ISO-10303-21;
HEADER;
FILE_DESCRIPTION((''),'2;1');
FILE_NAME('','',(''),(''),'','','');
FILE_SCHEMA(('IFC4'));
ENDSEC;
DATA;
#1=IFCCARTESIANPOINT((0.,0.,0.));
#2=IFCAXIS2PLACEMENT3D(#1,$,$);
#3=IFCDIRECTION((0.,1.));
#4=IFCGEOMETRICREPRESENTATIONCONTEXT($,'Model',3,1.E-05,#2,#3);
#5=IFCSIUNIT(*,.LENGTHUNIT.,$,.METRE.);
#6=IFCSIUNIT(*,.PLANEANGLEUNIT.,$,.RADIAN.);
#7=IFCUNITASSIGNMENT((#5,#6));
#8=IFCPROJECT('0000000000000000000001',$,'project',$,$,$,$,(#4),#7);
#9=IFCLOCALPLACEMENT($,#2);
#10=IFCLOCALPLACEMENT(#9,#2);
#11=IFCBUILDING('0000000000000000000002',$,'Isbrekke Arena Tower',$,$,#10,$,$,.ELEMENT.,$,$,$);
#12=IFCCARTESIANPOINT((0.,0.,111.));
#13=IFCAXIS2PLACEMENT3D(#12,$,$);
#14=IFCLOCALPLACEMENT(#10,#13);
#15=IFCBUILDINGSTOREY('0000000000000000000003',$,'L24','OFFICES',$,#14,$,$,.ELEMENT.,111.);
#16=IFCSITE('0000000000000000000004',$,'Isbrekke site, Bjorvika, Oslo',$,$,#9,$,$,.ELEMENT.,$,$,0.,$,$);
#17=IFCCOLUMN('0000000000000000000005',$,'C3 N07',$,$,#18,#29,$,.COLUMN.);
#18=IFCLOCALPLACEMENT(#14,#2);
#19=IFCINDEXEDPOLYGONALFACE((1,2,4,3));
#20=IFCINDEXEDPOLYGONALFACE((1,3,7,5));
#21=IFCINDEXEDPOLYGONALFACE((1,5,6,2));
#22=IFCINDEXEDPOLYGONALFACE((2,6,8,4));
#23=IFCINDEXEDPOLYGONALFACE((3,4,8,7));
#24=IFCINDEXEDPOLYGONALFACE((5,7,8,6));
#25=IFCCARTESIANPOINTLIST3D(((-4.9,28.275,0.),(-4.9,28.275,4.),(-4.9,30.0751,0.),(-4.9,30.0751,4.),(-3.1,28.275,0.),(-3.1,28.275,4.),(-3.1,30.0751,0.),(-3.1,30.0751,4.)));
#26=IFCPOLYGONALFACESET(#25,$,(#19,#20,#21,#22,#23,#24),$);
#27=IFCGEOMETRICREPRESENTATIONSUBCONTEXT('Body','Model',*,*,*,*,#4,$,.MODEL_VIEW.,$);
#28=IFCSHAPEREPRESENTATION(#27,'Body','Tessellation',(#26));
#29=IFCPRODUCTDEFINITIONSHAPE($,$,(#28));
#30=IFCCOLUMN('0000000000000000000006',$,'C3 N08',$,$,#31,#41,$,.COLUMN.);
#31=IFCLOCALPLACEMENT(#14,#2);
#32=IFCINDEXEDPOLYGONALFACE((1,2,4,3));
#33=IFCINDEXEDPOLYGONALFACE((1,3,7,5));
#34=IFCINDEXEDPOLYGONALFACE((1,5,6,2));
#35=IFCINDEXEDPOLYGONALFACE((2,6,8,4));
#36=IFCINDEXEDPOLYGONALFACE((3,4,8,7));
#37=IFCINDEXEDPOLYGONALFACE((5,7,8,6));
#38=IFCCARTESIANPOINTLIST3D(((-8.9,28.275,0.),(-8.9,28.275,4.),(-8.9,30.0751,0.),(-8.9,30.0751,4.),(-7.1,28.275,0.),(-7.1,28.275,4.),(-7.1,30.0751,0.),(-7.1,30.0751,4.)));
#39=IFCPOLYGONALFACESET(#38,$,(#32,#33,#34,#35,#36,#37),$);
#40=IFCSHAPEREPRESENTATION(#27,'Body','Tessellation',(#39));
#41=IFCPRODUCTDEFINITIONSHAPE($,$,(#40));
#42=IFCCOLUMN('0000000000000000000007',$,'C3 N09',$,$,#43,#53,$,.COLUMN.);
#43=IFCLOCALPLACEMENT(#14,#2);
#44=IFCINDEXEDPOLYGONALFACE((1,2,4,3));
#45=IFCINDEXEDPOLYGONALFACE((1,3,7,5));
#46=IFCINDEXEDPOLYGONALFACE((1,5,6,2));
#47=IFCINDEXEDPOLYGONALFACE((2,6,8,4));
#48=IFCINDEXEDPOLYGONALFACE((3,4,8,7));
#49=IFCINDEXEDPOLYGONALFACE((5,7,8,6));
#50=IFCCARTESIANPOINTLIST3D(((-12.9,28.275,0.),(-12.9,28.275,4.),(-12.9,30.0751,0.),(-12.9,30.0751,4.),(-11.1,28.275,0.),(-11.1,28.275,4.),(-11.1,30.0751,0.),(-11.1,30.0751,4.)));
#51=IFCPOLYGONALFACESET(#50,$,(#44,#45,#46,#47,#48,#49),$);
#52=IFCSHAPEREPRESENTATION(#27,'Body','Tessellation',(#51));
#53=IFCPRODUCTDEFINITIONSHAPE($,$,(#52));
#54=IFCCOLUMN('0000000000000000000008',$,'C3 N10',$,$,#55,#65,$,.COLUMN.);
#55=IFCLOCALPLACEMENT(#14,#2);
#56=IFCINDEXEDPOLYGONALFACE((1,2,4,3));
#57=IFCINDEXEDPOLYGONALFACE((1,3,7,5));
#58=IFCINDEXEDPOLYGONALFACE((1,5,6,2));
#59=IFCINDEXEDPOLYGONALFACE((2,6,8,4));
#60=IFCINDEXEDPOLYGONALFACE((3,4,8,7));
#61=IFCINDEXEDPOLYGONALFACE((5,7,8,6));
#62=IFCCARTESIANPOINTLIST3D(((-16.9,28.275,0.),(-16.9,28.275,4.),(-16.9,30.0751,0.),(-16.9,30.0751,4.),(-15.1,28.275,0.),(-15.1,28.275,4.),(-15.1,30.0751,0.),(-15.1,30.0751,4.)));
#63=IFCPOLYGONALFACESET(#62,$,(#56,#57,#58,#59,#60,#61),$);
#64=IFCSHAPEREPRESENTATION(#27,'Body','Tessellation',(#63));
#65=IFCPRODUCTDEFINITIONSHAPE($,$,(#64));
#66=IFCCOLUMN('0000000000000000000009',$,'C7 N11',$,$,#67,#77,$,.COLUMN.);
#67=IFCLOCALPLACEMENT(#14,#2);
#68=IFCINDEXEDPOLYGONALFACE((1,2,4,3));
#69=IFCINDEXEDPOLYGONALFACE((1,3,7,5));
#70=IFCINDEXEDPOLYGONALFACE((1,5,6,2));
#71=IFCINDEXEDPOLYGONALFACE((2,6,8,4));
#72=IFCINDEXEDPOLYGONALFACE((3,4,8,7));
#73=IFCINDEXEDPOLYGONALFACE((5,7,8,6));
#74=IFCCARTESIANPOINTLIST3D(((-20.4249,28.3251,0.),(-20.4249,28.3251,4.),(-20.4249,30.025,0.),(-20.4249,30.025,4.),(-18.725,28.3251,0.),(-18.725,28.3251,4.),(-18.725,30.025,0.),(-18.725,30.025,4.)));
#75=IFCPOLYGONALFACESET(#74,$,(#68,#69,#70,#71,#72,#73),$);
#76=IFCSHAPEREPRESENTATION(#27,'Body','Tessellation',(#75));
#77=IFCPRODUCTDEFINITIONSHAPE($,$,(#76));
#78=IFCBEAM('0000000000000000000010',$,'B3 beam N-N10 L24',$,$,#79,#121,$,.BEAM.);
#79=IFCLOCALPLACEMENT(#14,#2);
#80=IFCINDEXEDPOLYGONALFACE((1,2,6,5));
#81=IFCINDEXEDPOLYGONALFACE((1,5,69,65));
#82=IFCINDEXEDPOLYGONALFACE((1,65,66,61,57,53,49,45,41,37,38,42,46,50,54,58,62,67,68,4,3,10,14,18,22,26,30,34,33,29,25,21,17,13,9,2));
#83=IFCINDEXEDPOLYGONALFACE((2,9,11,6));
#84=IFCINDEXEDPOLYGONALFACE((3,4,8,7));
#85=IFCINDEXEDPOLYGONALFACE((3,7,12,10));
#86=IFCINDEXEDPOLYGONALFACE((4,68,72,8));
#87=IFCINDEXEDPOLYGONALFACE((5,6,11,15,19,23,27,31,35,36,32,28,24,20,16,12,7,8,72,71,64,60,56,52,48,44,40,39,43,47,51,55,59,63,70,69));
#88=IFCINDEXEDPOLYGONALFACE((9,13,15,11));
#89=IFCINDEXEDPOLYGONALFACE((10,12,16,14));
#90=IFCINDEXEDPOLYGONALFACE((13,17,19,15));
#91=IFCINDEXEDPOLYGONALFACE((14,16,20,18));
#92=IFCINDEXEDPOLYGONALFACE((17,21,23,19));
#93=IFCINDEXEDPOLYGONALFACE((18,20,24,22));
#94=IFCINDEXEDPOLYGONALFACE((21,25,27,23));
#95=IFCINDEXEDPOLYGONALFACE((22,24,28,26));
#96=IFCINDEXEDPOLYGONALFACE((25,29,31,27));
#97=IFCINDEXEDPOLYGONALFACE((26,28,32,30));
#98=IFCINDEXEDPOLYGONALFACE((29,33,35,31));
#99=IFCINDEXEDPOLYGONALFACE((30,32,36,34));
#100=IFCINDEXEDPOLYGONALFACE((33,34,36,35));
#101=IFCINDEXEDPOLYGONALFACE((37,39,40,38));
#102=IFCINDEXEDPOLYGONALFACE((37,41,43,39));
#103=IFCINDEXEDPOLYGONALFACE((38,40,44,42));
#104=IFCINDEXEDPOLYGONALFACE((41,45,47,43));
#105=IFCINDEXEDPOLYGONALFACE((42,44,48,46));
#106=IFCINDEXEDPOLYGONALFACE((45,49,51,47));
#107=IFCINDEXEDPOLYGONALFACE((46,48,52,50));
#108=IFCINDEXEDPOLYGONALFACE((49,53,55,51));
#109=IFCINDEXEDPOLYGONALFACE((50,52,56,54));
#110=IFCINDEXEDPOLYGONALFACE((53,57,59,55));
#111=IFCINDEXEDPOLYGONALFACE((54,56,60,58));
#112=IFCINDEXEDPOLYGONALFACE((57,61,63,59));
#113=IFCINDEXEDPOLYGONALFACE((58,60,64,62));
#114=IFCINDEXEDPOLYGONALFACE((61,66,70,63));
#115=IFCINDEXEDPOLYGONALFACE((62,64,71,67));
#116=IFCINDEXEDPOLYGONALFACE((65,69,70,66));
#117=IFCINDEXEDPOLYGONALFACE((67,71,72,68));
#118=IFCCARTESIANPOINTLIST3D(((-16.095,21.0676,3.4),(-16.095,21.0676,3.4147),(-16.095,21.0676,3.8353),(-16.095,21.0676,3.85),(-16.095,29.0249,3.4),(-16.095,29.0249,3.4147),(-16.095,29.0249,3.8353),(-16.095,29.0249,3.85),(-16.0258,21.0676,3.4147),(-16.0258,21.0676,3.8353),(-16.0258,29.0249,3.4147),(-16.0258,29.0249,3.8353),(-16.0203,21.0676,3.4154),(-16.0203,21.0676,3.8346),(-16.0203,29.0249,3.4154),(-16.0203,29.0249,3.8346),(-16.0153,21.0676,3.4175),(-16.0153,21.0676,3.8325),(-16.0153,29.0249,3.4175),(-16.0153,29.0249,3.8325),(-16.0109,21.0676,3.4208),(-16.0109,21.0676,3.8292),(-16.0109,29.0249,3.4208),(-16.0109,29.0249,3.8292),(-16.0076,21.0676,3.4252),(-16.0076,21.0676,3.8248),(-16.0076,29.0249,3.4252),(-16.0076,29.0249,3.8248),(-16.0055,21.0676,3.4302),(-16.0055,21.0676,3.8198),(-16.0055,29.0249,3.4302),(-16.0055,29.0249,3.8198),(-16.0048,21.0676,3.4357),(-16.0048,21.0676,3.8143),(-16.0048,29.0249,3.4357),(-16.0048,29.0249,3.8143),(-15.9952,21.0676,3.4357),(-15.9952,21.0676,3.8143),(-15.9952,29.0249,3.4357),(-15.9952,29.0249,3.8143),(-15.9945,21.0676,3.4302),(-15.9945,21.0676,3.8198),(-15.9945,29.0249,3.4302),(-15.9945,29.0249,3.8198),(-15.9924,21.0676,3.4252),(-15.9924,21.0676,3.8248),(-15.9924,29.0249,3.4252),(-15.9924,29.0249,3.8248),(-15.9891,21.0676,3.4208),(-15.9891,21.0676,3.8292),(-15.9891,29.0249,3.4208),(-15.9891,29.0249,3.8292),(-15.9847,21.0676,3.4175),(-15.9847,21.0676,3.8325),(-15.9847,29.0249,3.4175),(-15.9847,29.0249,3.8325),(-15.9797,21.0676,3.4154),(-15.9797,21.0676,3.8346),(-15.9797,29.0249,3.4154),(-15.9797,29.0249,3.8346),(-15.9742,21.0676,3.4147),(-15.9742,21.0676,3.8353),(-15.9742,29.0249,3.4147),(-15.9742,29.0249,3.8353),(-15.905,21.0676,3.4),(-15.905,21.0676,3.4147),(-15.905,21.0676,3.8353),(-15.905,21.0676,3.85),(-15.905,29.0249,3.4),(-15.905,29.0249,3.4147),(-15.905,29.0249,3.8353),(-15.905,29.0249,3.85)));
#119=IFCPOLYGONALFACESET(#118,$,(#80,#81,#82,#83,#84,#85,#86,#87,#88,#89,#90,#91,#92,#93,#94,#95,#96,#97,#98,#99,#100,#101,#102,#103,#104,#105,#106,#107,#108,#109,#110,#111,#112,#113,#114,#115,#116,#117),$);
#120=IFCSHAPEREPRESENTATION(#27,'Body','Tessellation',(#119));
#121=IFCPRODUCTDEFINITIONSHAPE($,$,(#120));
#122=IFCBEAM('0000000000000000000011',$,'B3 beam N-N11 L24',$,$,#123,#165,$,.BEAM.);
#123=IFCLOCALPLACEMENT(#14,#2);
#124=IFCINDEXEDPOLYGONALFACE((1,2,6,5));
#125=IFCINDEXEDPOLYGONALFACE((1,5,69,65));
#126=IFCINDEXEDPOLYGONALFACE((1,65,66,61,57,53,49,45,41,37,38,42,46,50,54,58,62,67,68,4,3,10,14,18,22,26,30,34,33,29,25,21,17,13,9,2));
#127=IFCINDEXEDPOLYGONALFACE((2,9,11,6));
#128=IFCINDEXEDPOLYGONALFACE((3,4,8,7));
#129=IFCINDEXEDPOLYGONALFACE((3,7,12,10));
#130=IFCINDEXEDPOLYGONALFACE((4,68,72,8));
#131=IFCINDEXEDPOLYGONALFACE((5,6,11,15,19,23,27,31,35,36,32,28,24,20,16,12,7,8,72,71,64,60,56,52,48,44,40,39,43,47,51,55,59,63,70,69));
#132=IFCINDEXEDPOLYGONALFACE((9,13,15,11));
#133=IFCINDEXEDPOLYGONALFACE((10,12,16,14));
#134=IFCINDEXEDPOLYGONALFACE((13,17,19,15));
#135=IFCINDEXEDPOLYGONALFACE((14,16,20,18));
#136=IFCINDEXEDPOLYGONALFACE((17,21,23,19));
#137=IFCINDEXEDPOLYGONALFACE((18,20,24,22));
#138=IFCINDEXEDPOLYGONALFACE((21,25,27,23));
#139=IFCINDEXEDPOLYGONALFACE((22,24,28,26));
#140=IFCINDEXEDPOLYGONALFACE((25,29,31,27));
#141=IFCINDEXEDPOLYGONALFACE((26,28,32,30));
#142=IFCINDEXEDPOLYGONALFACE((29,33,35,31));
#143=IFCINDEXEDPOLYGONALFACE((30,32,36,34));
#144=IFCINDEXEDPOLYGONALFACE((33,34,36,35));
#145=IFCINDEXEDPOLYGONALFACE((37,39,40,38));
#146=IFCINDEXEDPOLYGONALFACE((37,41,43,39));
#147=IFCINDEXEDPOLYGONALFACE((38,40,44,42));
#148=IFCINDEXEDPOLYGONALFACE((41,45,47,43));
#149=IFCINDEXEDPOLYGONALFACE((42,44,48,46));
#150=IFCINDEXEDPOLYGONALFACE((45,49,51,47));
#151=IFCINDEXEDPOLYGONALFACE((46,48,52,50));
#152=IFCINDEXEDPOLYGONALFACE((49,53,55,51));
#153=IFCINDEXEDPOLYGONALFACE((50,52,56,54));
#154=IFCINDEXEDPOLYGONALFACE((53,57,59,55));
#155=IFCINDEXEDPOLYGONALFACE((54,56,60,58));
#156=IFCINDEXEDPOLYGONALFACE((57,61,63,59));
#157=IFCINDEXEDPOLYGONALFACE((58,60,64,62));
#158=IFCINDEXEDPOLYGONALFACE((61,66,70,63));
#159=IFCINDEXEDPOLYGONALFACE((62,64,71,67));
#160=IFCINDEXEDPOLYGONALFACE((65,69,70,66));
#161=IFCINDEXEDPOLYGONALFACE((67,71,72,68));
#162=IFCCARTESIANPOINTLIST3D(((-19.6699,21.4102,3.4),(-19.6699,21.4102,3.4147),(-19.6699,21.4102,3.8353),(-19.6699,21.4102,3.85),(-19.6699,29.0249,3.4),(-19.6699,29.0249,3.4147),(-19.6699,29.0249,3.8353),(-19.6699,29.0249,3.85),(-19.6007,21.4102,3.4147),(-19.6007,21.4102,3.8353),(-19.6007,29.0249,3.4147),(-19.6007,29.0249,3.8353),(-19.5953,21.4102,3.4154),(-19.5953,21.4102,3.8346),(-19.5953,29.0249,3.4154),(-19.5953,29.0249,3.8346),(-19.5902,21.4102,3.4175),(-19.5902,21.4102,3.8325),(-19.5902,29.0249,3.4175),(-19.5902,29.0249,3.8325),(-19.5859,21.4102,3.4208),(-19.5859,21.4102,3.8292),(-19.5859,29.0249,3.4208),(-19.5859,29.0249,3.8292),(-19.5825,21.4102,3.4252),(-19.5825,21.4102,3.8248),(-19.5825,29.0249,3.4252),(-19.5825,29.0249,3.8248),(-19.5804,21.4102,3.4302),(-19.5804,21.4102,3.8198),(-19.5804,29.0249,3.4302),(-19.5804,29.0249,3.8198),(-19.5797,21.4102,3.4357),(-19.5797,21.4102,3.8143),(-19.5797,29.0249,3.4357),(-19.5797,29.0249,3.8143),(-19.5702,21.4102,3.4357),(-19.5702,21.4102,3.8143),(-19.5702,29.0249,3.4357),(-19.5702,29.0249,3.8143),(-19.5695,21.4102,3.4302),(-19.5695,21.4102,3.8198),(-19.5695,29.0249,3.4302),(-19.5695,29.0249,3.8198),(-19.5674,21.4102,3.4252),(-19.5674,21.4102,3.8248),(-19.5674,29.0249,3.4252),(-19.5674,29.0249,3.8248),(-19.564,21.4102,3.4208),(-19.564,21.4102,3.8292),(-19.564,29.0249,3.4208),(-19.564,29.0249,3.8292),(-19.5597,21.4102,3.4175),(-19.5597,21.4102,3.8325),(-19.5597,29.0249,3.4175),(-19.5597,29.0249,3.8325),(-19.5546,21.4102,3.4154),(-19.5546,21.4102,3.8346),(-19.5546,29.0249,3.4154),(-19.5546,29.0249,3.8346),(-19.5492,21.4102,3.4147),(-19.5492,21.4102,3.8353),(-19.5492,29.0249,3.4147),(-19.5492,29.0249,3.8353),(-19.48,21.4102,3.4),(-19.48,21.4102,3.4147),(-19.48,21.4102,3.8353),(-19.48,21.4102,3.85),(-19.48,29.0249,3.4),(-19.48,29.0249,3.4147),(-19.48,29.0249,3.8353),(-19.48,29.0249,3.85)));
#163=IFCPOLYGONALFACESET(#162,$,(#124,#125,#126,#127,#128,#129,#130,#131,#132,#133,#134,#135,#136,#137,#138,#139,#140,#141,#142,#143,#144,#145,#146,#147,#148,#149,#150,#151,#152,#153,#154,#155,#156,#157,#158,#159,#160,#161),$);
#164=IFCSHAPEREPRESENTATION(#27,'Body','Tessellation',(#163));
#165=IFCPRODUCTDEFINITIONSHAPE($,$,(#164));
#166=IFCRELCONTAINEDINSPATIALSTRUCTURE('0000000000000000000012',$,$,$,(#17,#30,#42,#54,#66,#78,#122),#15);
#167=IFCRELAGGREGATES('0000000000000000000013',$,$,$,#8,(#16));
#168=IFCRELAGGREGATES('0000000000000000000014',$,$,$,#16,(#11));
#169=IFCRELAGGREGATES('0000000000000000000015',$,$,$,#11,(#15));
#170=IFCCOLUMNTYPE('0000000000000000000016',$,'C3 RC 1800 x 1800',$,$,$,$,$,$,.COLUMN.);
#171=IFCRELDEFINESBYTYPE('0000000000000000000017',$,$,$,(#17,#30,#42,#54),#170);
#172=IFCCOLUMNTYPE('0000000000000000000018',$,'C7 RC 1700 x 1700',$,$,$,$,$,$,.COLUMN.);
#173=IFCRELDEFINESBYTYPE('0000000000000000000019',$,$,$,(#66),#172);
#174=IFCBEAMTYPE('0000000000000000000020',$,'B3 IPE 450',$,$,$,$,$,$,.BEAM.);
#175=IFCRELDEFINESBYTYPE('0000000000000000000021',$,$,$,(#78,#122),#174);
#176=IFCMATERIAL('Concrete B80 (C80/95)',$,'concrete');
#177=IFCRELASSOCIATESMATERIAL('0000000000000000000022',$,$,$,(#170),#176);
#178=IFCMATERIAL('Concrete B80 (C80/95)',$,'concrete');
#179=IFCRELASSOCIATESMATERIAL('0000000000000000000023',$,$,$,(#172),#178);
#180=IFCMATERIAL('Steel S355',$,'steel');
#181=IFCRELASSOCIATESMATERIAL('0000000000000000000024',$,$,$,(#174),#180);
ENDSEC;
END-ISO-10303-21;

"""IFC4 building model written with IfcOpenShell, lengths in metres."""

from ifc_helpers import new_model, si_unit, direction, frame, origin, origin_2d, place, context, subcontext, project, spatial, rectangle, i_section, extrude, material, material_profile, profile_set, type_object, element, save


model = new_model("IFC4")

# Units and contexts
model_context = context("Model", 3, precision=1e-05, world=origin(), true_north=direction((0.0, 1.0)))
body_context = subcontext(model_context, "Body", "Model", "MODEL_VIEW")
ifc_project = project(units=[si_unit("LENGTHUNIT", "METRE"), si_unit("PLANEANGLEUNIT", "RADIAN")], contexts=[model_context])

# Site, building, storey
site_placement = place(None, origin())
site = spatial("IfcSite", under=ifc_project, at=site_placement, Name="Isbrekke site, Bjorvika, Oslo", CompositionType="ELEMENT", RefElevation=0.0)
building_placement = place(site_placement, origin())
building = spatial("IfcBuilding", under=site, at=building_placement, Name="Isbrekke Arena Tower", CompositionType="ELEMENT")
storey_placement = place(building_placement, frame((0.0, 0.0, 111.0)))
storey = spatial("IfcBuildingStorey", under=building, at=storey_placement, Name="L24", Description="OFFICES", CompositionType="ELEMENT", Elevation=111.0)

# Columns
ifc_material_1 = material(Name="Concrete B80 (C80/95)", Category="concrete")
ifc_material_profile_1 = material_profile(ifc_material_1, rectangle(XDim=1.8, YDim=1.8, at=origin_2d()), Name="RC 1800x1800")
ifc_profile_set_1 = profile_set([ifc_material_profile_1], Name="Concrete B80 (C80/95)")
column_type_1 = type_object("IfcColumnType", Name="C3 RC 1800 x 1800", PredefinedType="COLUMN", material=ifc_profile_set_1)
for number, where, z_axis, x_axis, name in (
    (1, (-4.0, 29.175, 0.0), (0.0, 0.0, 1.0), (-1.0, 0.0, 0.0), "C3 N07"),
    (2, (-8.0, 29.175, 0.0), (0.0, 0.0, 1.0), (-1.0, 0.0, 0.0), "C3 N08"),
    (3, (-12.0, 29.175, 0.0), (0.0, 0.0, 1.0), (-1.0, 0.0, 0.0), "C3 N09"),
    (4, (-16.0, 29.175, 0.0), (0.0, 0.0, 1.0), (-1.0, 0.0, 0.0), "C3 N10"),
):
    element("IfcColumn", number, at=place(storey_placement, frame(where, z_axis=z_axis, x_axis=x_axis)), inside=storey, type_object=column_type_1, Name=name, PredefinedType="COLUMN", context=body_context, shape_type="SweptSolid", body=[
        extrude(rectangle(XDim=1.8, YDim=1.8, at=origin_2d()), origin(), (0.0, 0.0, 1.0), 4.0),
    ])
ifc_material_2 = material(Name="Concrete B80 (C80/95)", Category="concrete")
ifc_material_profile_2 = material_profile(ifc_material_2, rectangle(XDim=1.7, YDim=1.7, at=origin_2d()), Name="RC 1700x1700")
ifc_profile_set_2 = profile_set([ifc_material_profile_2], Name="Concrete B80 (C80/95)")
column_type_2 = type_object("IfcColumnType", Name="C7 RC 1700 x 1700", PredefinedType="COLUMN", material=ifc_profile_set_2)
column_placement = place(storey_placement, frame((-19.575, 29.175, 0.0), z_axis=(0.0, 0.0, 1.0), x_axis=(-1.0, 0.0, 0.0)))
element("IfcColumn", 5, at=column_placement, inside=storey, type_object=column_type_2, Name="C7 N11", PredefinedType="COLUMN", context=body_context, shape_type="SweptSolid", body=[
    extrude(rectangle(XDim=1.7, YDim=1.7, at=origin_2d()), origin(), (0.0, 0.0, 1.0), 4.0),
])

# Beams
ifc_material_3 = material(Name="Steel S355", Category="steel")
ifc_material_profile_3 = material_profile(ifc_material_3, i_section(OverallWidth=0.1899, OverallDepth=0.45, WebThickness=0.0095, FlangeThickness=0.0146, FilletRadius=0.021, at=origin_2d()), Name="IPE 450")
ifc_profile_set_3 = profile_set([ifc_material_profile_3], Name="Steel S355")
beam_type_1 = type_object("IfcBeamType", Name="B3 IPE 450", PredefinedType="BEAM", material=ifc_profile_set_3)
beam_1_placement = place(storey_placement, frame((-16.0, 29.0249, 3.625), z_axis=(0.0, -1.0, 0.0), x_axis=(1.0, 0.0, 0.0)))
element("IfcBeam", 6, at=beam_1_placement, inside=storey, type_object=beam_type_1, Name="B3 beam N-N10 L24", PredefinedType="BEAM", context=body_context, shape_type="SweptSolid", body=[
    extrude(i_section(OverallWidth=0.1899, OverallDepth=0.45, WebThickness=0.0095, FlangeThickness=0.0146, FilletRadius=0.021, at=origin_2d()), origin(), (0.0, 0.0, 1.0), 7.9573),
])
beam_2_placement = place(storey_placement, frame((-19.575, 29.0249, 3.625), z_axis=(0.0, -1.0, 0.0), x_axis=(1.0, 0.0, 0.0)))
element("IfcBeam", 7, at=beam_2_placement, inside=storey, type_object=beam_type_1, Name="B3 beam N-N11 L24", PredefinedType="BEAM", context=body_context, shape_type="SweptSolid", body=[
    extrude(i_section(OverallWidth=0.1899, OverallDepth=0.45, WebThickness=0.0095, FlangeThickness=0.0146, FilletRadius=0.021, at=origin_2d()), origin(), (0.0, 0.0, 1.0), 7.6147),
])

save(model, "model.ifc")
